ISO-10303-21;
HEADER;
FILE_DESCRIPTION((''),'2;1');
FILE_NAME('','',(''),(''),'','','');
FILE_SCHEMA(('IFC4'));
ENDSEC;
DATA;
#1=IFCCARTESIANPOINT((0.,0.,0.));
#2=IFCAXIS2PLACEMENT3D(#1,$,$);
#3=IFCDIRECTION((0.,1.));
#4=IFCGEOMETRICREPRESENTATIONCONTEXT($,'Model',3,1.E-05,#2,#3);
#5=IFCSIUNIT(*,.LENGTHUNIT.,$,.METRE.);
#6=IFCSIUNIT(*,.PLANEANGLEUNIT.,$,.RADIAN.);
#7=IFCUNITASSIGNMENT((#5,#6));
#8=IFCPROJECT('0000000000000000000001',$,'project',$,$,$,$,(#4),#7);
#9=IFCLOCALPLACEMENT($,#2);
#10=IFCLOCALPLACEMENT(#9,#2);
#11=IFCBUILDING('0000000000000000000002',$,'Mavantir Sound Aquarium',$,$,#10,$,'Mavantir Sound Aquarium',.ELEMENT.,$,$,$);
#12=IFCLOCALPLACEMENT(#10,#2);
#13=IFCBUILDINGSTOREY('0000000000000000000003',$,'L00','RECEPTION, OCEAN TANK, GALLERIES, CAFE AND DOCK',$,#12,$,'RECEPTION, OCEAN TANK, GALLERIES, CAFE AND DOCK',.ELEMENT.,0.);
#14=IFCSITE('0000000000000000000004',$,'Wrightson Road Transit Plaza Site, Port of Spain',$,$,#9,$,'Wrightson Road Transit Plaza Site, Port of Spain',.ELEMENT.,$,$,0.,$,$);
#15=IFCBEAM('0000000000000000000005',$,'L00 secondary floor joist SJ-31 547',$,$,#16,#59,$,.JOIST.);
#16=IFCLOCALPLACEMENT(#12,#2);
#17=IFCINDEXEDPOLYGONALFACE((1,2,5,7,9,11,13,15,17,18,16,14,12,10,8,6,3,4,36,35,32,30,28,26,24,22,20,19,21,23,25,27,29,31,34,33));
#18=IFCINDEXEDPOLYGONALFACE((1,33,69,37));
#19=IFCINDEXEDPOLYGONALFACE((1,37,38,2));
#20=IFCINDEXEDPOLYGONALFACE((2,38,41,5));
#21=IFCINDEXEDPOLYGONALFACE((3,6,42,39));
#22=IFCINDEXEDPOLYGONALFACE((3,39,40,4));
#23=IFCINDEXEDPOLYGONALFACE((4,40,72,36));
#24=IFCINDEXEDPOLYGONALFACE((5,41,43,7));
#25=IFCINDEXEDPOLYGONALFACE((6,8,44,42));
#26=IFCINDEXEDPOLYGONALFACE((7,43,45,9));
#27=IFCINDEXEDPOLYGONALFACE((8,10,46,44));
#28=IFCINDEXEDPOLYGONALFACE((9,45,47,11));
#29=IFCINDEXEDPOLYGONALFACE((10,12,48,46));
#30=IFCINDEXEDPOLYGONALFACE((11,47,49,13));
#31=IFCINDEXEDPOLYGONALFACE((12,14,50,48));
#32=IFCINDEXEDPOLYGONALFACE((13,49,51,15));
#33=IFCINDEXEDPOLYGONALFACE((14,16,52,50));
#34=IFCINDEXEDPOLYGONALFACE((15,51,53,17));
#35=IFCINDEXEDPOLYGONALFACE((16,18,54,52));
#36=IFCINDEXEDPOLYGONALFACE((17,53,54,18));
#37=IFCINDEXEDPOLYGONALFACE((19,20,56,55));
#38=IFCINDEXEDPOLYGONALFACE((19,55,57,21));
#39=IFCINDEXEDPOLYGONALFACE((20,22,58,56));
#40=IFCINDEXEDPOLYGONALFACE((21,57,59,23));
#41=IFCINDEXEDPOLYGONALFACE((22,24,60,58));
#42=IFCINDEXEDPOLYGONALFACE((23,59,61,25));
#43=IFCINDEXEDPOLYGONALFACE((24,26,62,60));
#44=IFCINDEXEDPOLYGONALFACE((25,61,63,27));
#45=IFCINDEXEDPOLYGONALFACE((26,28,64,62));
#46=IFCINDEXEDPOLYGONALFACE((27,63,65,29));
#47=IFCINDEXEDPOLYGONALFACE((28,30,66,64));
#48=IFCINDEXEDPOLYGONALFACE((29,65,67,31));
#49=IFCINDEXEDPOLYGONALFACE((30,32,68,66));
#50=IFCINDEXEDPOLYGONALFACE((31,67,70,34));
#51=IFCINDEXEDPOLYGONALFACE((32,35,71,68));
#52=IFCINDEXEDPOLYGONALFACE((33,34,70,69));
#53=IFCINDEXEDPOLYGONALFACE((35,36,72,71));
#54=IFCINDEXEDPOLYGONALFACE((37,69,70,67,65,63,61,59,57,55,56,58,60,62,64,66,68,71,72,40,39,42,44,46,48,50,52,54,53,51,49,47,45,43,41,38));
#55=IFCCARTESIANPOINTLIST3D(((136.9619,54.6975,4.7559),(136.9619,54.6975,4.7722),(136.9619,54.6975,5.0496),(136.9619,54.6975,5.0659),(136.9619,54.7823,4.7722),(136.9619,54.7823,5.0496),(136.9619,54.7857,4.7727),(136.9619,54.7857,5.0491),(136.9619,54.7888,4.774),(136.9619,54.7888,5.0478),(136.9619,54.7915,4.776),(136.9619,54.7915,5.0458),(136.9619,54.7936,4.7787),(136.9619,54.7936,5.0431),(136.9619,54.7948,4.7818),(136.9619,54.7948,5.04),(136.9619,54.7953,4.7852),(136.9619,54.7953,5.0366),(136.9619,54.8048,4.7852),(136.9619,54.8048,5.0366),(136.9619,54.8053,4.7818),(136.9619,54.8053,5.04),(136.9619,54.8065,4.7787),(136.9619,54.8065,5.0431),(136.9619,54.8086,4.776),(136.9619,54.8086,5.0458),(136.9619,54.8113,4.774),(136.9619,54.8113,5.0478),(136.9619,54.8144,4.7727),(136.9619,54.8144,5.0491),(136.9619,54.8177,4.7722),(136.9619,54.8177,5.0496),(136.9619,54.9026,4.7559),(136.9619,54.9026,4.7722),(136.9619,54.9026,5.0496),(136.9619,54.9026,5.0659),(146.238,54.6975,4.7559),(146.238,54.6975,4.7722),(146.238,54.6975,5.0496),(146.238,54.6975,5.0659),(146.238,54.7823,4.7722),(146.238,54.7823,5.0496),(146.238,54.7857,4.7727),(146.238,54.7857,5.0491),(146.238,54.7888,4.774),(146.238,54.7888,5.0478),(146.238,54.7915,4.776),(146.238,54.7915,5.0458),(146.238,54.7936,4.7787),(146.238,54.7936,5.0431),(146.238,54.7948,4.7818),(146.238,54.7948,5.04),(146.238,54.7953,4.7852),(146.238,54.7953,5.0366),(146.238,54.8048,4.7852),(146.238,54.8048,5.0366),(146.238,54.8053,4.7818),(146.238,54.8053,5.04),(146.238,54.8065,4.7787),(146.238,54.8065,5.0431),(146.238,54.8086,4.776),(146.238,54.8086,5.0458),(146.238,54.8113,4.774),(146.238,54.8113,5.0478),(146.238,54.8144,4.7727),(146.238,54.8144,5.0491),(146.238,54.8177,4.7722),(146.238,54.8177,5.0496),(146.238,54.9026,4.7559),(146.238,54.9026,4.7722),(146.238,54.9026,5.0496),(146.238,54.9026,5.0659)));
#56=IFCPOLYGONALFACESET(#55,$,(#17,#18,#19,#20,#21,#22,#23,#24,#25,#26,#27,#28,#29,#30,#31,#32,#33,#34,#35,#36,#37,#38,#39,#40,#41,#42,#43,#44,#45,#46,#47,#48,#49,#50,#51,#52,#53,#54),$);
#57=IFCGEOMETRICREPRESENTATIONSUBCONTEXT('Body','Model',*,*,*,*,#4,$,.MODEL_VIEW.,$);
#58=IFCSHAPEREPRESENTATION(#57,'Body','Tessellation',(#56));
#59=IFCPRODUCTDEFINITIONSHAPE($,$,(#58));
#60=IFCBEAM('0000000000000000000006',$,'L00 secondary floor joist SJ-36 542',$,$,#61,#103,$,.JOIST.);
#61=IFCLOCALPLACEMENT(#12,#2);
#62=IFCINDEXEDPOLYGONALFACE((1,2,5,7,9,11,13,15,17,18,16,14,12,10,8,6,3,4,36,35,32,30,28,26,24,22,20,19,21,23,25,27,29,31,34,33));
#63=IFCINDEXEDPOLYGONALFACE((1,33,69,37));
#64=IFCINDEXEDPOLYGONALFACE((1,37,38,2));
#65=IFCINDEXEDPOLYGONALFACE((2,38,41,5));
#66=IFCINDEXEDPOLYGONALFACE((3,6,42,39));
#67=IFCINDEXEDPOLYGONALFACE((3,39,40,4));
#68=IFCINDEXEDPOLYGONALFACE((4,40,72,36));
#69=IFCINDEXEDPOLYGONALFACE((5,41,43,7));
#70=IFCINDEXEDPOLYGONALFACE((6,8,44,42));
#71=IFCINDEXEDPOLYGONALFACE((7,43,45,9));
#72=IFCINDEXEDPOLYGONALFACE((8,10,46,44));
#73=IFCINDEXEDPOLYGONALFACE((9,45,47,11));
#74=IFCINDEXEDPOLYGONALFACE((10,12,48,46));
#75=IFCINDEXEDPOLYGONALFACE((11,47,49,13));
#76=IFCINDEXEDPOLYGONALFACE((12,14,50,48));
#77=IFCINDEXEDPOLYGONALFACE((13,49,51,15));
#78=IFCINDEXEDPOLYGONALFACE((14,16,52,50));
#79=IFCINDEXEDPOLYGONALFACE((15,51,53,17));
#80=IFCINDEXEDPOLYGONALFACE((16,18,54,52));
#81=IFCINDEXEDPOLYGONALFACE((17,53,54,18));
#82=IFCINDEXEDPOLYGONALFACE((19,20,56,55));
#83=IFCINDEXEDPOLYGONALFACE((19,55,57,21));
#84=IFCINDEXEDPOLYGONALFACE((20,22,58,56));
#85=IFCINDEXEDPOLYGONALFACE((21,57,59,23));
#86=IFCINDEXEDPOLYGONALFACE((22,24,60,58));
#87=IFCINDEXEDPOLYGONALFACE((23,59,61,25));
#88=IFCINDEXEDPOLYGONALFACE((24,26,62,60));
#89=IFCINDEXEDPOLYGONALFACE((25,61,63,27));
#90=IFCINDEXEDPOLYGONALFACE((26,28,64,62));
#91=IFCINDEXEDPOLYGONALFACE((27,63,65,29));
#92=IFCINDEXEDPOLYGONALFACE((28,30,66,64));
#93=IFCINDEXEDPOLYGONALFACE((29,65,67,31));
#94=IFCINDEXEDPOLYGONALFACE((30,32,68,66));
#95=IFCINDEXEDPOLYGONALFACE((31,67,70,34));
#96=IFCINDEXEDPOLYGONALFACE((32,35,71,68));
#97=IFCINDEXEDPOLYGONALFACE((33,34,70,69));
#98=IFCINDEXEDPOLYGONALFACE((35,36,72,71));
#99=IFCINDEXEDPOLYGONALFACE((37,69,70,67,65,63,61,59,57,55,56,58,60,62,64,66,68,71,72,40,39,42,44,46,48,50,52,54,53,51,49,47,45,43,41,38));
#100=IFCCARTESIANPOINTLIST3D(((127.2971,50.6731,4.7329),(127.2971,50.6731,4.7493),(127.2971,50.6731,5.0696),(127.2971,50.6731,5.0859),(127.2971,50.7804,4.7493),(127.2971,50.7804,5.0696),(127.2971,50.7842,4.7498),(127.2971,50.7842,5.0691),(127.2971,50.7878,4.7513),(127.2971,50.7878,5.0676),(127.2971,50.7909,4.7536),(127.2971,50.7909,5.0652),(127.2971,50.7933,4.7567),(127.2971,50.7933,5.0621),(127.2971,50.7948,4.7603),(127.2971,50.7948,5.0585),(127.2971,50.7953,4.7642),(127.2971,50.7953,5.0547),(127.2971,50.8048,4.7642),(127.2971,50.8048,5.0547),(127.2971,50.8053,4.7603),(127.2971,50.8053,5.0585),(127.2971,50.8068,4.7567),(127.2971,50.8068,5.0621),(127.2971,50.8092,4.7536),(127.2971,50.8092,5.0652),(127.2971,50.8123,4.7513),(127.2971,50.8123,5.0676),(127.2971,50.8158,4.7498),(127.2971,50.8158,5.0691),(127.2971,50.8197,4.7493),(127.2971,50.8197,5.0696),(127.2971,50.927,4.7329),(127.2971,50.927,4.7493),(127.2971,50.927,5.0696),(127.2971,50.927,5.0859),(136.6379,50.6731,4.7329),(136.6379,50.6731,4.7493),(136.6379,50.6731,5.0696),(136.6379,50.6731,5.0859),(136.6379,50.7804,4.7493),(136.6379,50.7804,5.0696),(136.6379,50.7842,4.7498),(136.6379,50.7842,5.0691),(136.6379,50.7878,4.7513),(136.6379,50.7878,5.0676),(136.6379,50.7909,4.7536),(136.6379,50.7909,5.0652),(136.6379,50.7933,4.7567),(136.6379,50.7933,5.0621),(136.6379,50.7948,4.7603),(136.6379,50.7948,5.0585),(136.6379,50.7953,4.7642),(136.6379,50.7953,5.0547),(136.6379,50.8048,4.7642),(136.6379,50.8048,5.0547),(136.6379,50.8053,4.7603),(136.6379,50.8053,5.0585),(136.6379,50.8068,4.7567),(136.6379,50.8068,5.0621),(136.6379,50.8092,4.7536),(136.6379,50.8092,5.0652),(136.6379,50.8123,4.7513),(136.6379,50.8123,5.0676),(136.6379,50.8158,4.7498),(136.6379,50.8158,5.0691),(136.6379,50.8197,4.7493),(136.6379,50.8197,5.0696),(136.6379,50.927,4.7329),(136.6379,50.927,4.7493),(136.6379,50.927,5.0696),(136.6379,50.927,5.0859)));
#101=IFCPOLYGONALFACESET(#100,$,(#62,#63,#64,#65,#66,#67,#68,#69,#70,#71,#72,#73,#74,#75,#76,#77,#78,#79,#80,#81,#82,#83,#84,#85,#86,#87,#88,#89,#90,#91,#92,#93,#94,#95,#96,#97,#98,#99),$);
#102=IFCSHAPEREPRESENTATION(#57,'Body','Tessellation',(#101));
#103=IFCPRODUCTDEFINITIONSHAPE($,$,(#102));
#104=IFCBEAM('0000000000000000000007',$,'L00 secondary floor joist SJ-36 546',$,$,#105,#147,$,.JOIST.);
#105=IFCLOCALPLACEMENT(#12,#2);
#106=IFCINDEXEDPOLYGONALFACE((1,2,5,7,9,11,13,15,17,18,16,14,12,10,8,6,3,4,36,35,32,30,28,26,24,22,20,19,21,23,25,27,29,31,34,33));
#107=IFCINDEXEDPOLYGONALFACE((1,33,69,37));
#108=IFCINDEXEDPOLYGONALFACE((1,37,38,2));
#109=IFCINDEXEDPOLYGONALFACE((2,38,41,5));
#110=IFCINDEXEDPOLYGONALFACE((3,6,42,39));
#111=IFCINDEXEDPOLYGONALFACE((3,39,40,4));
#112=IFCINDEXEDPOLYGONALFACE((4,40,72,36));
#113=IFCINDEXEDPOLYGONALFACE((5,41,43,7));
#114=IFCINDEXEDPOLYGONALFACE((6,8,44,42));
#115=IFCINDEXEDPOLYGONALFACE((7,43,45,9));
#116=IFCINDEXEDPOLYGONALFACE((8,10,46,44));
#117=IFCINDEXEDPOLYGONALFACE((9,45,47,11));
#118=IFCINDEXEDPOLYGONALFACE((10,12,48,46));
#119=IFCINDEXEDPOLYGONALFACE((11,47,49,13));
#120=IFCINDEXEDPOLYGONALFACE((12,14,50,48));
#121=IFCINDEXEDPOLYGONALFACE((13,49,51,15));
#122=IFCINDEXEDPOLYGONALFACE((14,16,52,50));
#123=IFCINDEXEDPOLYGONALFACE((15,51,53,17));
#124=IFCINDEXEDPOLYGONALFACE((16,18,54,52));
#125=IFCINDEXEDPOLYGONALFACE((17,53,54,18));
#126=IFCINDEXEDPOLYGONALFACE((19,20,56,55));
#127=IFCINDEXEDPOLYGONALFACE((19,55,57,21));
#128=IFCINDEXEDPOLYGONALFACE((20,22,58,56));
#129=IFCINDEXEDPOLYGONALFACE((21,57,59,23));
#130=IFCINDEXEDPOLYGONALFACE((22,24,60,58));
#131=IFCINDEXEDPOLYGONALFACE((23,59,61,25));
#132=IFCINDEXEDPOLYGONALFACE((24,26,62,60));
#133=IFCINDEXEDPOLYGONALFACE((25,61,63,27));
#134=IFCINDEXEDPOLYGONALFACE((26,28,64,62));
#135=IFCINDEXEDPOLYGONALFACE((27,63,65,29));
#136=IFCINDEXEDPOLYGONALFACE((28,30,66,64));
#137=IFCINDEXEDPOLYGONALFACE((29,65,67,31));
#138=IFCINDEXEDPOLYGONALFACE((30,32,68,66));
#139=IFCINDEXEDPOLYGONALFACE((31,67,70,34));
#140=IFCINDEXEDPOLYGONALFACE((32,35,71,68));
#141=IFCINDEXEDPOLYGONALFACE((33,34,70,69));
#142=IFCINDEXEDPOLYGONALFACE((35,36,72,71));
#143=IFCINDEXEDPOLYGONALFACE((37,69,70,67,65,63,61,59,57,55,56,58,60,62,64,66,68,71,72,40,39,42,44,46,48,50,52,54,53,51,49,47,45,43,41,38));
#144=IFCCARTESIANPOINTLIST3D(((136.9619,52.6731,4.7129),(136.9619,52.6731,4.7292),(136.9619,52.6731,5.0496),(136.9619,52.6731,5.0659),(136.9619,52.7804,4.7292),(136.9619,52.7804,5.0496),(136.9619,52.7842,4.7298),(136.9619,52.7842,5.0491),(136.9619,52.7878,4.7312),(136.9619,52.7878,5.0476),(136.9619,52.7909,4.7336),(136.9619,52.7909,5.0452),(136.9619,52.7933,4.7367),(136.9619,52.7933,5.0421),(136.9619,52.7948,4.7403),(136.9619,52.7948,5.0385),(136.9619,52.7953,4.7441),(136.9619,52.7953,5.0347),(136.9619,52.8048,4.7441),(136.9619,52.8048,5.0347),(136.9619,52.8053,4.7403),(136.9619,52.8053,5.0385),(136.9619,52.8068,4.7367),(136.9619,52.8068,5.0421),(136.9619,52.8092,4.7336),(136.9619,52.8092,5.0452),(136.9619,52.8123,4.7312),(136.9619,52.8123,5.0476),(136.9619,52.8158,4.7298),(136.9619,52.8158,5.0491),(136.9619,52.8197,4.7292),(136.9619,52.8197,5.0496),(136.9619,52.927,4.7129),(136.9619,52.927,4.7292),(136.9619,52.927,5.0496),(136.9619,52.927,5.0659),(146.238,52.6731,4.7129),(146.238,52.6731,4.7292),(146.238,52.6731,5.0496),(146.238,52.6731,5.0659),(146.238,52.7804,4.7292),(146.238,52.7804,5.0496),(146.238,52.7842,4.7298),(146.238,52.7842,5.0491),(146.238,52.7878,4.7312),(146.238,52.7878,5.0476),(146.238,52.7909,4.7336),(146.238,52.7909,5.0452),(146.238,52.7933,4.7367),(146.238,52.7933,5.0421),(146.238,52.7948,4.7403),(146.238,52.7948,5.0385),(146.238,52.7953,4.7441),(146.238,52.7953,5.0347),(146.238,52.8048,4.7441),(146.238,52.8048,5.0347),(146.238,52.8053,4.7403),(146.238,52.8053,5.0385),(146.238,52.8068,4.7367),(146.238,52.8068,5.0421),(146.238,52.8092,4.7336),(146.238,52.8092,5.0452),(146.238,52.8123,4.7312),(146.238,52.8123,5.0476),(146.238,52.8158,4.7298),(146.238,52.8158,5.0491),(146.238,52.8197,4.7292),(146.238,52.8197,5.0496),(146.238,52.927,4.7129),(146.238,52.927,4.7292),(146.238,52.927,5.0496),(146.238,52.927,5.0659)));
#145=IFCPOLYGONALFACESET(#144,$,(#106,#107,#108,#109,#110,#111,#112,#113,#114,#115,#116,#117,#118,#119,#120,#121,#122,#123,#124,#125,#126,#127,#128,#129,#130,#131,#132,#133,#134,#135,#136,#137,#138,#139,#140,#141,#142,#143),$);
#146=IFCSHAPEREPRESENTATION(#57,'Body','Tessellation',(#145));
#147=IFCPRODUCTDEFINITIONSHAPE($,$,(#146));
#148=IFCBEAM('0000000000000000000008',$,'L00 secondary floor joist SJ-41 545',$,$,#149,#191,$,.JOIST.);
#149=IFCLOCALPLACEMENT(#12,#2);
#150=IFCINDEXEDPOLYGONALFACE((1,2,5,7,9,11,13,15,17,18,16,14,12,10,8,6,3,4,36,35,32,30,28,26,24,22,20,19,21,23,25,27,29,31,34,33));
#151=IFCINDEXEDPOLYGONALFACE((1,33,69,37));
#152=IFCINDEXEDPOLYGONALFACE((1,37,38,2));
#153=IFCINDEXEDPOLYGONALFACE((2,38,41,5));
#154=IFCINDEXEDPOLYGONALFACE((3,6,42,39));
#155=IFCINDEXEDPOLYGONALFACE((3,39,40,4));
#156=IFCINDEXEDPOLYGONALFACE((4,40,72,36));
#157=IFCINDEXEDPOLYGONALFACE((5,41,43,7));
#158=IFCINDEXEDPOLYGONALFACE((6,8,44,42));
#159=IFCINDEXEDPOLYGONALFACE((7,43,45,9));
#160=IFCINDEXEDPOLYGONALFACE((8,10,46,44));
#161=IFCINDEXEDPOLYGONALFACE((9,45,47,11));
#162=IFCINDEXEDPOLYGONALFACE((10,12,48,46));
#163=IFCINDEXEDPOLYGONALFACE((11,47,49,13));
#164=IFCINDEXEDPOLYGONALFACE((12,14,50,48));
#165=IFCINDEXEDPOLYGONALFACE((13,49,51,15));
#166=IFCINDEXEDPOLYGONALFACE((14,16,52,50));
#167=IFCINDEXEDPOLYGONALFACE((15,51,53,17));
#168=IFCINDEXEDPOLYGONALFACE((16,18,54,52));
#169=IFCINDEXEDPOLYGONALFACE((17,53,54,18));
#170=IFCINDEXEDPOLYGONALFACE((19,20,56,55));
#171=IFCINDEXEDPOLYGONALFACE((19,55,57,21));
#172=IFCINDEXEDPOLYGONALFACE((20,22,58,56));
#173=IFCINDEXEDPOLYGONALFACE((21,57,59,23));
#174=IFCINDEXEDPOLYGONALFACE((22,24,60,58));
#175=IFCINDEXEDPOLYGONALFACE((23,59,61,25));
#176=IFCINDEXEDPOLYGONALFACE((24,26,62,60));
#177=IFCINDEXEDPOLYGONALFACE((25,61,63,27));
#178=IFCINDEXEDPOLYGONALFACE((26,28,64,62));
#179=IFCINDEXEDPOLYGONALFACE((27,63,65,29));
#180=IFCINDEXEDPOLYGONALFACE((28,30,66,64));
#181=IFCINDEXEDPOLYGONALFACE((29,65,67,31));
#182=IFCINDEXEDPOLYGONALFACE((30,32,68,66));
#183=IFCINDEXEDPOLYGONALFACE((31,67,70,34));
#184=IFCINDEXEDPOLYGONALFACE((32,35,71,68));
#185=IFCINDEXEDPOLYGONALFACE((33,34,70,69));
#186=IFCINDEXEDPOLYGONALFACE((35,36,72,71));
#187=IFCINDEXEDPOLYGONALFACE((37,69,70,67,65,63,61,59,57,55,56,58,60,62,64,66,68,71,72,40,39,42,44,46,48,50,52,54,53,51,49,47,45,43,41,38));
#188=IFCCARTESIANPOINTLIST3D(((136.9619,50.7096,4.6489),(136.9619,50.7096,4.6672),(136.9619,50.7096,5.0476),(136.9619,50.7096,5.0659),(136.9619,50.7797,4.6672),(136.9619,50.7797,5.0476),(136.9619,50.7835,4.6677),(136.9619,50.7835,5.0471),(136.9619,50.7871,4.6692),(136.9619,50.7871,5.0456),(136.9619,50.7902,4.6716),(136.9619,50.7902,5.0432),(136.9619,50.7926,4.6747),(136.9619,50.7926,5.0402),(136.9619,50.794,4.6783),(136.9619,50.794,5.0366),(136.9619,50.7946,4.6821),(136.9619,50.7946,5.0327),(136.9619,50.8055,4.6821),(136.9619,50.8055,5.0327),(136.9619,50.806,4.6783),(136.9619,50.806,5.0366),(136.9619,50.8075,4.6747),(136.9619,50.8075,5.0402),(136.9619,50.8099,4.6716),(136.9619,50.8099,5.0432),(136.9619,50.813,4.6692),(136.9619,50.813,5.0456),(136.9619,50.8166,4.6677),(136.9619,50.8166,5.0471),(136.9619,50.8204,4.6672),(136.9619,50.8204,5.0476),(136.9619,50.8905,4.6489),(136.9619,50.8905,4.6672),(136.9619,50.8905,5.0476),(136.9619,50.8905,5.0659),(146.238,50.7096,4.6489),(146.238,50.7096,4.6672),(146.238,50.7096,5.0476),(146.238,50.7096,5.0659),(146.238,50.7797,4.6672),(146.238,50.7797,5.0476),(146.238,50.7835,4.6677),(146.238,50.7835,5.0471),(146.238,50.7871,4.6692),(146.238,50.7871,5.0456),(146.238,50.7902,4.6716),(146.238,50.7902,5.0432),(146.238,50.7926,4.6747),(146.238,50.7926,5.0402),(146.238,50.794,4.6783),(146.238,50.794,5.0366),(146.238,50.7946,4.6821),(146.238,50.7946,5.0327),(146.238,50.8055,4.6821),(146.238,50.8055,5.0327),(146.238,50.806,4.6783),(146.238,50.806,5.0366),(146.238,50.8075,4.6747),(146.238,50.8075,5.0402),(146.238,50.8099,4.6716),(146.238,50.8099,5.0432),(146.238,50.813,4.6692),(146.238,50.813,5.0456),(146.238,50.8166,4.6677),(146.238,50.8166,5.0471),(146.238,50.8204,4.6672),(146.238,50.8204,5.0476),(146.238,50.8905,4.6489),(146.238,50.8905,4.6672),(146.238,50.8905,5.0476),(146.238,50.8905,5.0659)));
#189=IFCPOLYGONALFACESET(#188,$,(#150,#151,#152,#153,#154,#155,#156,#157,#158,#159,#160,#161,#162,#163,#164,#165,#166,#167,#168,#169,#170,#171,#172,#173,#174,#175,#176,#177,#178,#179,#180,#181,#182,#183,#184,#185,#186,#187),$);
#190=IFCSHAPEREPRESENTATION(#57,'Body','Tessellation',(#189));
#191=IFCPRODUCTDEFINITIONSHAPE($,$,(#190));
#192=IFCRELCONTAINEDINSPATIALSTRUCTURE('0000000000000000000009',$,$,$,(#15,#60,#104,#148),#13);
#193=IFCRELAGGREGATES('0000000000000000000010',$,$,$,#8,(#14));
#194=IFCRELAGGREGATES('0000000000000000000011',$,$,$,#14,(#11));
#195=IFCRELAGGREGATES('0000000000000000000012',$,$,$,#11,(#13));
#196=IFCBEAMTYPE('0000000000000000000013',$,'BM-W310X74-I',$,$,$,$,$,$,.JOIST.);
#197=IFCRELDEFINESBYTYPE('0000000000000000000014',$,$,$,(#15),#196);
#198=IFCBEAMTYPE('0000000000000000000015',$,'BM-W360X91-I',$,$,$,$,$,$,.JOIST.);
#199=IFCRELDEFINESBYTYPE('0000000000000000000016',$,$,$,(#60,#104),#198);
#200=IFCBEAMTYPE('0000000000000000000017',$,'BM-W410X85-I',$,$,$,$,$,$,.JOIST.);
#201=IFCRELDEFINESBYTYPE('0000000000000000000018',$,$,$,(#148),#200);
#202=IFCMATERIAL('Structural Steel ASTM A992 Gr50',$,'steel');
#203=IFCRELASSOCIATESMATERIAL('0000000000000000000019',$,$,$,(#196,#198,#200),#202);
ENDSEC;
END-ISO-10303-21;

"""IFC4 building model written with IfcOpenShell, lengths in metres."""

from ifc_helpers import new_model, si_unit, direction, frame, origin, origin_2d, place, context, subcontext, project, spatial, i_section, extrude, material, material_profile, profile_set, type_object, element, save


model = new_model("IFC4")

# Units and contexts
model_context = context("Model", 3, precision=1e-05, world=origin(), true_north=direction((0.0, 1.0)))
body_context = subcontext(model_context, "Body", "Model", "MODEL_VIEW")
ifc_project = project(units=[si_unit("LENGTHUNIT", "METRE"), si_unit("PLANEANGLEUNIT", "RADIAN")], contexts=[model_context])

# Site, building, storey
site_placement = place(None, origin())
site = spatial("IfcSite", under=ifc_project, at=site_placement, Name="Wrightson Road Transit Plaza Site, Port of Spain", LongName="Wrightson Road Transit Plaza Site, Port of Spain", CompositionType="ELEMENT", RefElevation=0.0)
building_placement = place(site_placement, origin())
building = spatial("IfcBuilding", under=site, at=building_placement, Name="Mavantir Sound Aquarium", LongName="Mavantir Sound Aquarium", CompositionType="ELEMENT")
storey_placement = place(building_placement, origin())
storey = spatial("IfcBuildingStorey", under=building, at=storey_placement, Name="L00", Description="RECEPTION, OCEAN TANK, GALLERIES, CAFE AND DOCK", LongName="RECEPTION, OCEAN TANK, GALLERIES, CAFE AND DOCK", CompositionType="ELEMENT", Elevation=0.0)

# Beams
ifc_material_1 = material(Name="Structural Steel ASTM A992 Gr50", Category="steel")
ifc_material_profile_1 = material_profile(ifc_material_1, i_section(OverallWidth=0.2051, OverallDepth=0.3101, WebThickness=0.0095, FlangeThickness=0.0164, FilletRadius=0.0129, at=origin_2d()), Name="W310X74")
ifc_profile_set_1 = profile_set([ifc_material_profile_1], Name="Structural Steel ASTM A992 Gr50")
beam_type_1 = type_object("IfcBeamType", Name="BM-W310X74-I", PredefinedType="JOIST", material=ifc_profile_set_1)
beam_1_placement = place(storey_placement, frame((136.9619, 54.8, 4.9109), z_axis=(1.0, 0.0, 0.0), x_axis=(0.0, 1.0, 0.0)))
element("IfcBeam", 1, at=beam_1_placement, inside=storey, type_object=beam_type_1, Name="L00 secondary floor joist SJ-31 547", PredefinedType="JOIST", context=body_context, shape_type="SweptSolid", body=[
    extrude(i_section(OverallWidth=0.2051, OverallDepth=0.3101, WebThickness=0.0095, FlangeThickness=0.0164, FilletRadius=0.0129, at=origin_2d()), origin(), (0.0, 0.0, 1.0), 9.2761),
])
ifc_material_profile_2 = material_profile(ifc_material_1, i_section(OverallWidth=0.2539, OverallDepth=0.353, WebThickness=0.0095, FlangeThickness=0.0164, FilletRadius=0.0149, at=origin_2d()), Name="W360X91")
ifc_profile_set_2 = profile_set([ifc_material_profile_2], Name="Structural Steel ASTM A992 Gr50")
beam_type_2 = type_object("IfcBeamType", Name="BM-W360X91-I", PredefinedType="JOIST", material=ifc_profile_set_2)
beam_2_placement = place(storey_placement, frame((127.2971, 50.8, 4.9094), z_axis=(1.0, 0.0, 0.0), x_axis=(0.0, 1.0, 0.0)))
element("IfcBeam", 2, at=beam_2_placement, inside=storey, type_object=beam_type_2, Name="L00 secondary floor joist SJ-36 542", PredefinedType="JOIST", context=body_context, shape_type="SweptSolid", body=[
    extrude(i_section(OverallWidth=0.2539, OverallDepth=0.353, WebThickness=0.0095, FlangeThickness=0.0164, FilletRadius=0.0149, at=origin_2d()), origin(), (0.0, 0.0, 1.0), 9.3408),
])
beam_3_placement = place(storey_placement, frame((136.9619, 52.8, 4.8894), z_axis=(1.0, 0.0, 0.0), x_axis=(0.0, 1.0, 0.0)))
element("IfcBeam", 3, at=beam_3_placement, inside=storey, type_object=beam_type_2, Name="L00 secondary floor joist SJ-36 546", PredefinedType="JOIST", context=body_context, shape_type="SweptSolid", body=[
    extrude(i_section(OverallWidth=0.2539, OverallDepth=0.353, WebThickness=0.0095, FlangeThickness=0.0164, FilletRadius=0.0149, at=origin_2d()), origin(), (0.0, 0.0, 1.0), 9.2761),
])
ifc_material_profile_3 = material_profile(ifc_material_1, i_section(OverallWidth=0.1809, OverallDepth=0.417, WebThickness=0.011, FlangeThickness=0.0183, FilletRadius=0.0149, at=origin_2d()), Name="W410X85")
ifc_profile_set_3 = profile_set([ifc_material_profile_3], Name="Structural Steel ASTM A992 Gr50")
beam_type_3 = type_object("IfcBeamType", Name="BM-W410X85-I", PredefinedType="JOIST", material=ifc_profile_set_3)
beam_4_placement = place(storey_placement, frame((136.9619, 50.8, 4.8574), z_axis=(1.0, 0.0, 0.0), x_axis=(0.0, 1.0, 0.0)))
element("IfcBeam", 4, at=beam_4_placement, inside=storey, type_object=beam_type_3, Name="L00 secondary floor joist SJ-41 545", PredefinedType="JOIST", context=body_context, shape_type="SweptSolid", body=[
    extrude(i_section(OverallWidth=0.1809, OverallDepth=0.417, WebThickness=0.011, FlangeThickness=0.0183, FilletRadius=0.0149, at=origin_2d()), origin(), (0.0, 0.0, 1.0), 9.2761),
])

save(model, "model.ifc")
